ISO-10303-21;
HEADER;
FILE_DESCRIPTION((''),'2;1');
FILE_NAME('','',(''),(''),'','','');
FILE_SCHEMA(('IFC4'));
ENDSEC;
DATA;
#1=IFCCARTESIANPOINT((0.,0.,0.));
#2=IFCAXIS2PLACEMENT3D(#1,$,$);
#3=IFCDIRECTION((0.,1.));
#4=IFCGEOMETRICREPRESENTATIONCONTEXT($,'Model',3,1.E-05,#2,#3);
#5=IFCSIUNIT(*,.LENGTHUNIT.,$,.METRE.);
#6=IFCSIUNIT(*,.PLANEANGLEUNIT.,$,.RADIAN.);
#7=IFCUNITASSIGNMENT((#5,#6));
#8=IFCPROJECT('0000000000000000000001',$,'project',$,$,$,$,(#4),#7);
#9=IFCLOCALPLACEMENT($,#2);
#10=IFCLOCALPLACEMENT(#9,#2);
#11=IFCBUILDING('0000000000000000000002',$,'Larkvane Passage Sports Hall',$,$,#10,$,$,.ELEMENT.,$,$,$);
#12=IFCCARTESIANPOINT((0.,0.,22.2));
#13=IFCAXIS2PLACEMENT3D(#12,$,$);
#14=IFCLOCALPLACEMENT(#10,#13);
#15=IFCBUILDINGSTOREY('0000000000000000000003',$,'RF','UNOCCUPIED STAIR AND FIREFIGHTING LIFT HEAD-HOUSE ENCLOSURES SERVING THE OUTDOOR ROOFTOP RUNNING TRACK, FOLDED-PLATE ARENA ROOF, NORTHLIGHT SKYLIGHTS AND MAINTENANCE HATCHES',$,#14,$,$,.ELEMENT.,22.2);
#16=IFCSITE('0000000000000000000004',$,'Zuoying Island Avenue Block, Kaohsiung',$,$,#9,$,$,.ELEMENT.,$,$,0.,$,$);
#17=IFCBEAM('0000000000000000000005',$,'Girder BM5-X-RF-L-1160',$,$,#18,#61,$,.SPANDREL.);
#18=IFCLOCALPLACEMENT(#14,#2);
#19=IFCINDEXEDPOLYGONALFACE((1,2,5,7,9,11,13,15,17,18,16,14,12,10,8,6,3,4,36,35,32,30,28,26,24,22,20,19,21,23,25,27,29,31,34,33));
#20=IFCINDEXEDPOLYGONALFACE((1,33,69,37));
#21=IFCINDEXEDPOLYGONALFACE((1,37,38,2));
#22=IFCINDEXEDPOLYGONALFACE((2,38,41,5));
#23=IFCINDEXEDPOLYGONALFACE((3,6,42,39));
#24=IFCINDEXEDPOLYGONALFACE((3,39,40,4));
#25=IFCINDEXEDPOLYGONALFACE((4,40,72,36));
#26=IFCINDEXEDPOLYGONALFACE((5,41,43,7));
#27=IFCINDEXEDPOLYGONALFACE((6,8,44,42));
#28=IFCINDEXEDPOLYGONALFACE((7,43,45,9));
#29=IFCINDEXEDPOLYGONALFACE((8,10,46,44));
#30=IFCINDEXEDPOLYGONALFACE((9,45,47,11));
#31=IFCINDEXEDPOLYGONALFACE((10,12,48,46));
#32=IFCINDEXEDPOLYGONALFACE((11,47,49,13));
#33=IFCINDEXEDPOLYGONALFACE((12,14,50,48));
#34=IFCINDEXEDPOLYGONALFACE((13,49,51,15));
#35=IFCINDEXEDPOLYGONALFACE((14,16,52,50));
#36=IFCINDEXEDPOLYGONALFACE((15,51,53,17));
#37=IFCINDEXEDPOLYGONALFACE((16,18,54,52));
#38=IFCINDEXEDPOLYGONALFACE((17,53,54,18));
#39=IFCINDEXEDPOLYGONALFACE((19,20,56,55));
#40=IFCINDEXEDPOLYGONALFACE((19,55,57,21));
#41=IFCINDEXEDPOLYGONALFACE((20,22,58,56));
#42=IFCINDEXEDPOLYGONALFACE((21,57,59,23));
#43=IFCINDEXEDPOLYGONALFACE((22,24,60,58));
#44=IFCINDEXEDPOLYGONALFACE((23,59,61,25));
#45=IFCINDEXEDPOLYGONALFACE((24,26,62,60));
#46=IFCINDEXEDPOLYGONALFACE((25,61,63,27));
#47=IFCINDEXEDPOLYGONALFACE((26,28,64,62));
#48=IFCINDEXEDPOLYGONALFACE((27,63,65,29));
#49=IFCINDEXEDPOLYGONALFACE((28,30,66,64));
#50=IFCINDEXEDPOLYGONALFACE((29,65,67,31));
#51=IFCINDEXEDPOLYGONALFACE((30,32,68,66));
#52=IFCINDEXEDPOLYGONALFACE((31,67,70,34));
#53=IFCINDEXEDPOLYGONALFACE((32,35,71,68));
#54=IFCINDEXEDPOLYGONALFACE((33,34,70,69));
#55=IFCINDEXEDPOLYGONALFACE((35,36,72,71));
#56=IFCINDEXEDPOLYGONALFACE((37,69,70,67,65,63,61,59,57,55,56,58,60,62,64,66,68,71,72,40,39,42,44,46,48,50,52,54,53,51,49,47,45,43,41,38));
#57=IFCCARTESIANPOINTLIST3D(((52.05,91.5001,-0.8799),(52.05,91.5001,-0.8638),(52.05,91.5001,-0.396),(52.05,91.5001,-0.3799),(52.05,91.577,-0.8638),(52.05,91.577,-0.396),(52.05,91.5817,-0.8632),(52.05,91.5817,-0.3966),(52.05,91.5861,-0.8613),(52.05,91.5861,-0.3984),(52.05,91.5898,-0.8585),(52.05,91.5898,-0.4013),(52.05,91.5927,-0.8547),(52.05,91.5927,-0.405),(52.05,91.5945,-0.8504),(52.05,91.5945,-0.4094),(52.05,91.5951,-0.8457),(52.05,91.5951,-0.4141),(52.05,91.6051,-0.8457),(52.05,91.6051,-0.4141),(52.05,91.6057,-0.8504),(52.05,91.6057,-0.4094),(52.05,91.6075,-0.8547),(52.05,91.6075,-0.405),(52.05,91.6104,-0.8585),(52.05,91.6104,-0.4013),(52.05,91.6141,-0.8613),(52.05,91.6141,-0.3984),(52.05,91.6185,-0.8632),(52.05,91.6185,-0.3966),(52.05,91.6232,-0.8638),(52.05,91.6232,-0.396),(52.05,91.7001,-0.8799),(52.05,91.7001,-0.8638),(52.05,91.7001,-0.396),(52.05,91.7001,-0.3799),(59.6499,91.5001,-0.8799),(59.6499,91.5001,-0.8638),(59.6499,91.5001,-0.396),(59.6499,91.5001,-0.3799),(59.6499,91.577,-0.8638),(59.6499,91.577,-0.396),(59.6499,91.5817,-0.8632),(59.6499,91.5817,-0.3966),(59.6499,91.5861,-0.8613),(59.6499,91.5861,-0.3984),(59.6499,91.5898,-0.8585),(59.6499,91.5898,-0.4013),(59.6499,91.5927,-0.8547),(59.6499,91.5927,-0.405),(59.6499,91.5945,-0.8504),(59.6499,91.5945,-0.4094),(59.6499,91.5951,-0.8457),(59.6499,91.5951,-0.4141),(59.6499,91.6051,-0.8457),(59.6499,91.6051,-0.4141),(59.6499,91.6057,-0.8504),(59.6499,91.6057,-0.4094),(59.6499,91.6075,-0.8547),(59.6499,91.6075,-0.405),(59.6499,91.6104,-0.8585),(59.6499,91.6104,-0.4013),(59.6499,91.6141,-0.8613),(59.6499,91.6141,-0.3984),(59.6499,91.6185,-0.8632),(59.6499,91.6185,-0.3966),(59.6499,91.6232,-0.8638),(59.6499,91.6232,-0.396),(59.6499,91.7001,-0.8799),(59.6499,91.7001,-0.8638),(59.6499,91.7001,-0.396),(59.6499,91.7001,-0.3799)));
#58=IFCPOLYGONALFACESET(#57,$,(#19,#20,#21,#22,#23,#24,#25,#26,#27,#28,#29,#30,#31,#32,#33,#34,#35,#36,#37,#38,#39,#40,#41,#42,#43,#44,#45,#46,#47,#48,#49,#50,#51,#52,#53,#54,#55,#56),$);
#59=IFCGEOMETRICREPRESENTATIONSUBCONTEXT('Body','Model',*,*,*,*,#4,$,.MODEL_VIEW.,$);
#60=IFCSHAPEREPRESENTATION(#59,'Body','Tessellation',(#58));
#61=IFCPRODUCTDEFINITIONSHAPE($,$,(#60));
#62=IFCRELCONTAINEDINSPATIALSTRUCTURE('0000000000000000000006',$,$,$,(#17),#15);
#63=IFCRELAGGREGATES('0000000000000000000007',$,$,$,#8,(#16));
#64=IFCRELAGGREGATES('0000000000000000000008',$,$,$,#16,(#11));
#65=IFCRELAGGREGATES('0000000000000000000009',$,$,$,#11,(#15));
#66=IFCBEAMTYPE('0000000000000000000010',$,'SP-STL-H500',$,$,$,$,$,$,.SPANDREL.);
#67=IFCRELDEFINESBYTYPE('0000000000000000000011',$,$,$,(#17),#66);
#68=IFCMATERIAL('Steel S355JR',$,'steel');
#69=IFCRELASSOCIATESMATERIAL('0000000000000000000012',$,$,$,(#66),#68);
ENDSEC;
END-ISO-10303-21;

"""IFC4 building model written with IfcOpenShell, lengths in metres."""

from ifc_helpers import new_model, si_unit, direction, frame, origin, origin_2d, place, context, subcontext, project, spatial, i_section, extrude, material, material_profile, profile_set, type_object, element, save


model = new_model("IFC4")

# Units and contexts
model_context = context("Model", 3, precision=1e-05, world=origin(), true_north=direction((0.0, 1.0)))
body_context = subcontext(model_context, "Body", "Model", "MODEL_VIEW")
ifc_project = project(units=[si_unit("LENGTHUNIT", "METRE"), si_unit("PLANEANGLEUNIT", "RADIAN")], contexts=[model_context])

# Site, building, storey
site_placement = place(None, origin())
site = spatial("IfcSite", under=ifc_project, at=site_placement, Name="Zuoying Island Avenue Block, Kaohsiung", CompositionType="ELEMENT", RefElevation=0.0)
building_placement = place(site_placement, origin())
building = spatial("IfcBuilding", under=site, at=building_placement, Name="Larkvane Passage Sports Hall", CompositionType="ELEMENT")
storey_placement = place(building_placement, frame((0.0, 0.0, 22.2)))
storey = spatial("IfcBuildingStorey", under=building, at=storey_placement, Name="RF", Description="UNOCCUPIED STAIR AND FIREFIGHTING LIFT HEAD-HOUSE ENCLOSURES SERVING THE OUTDOOR ROOFTOP RUNNING TRACK, FOLDED-PLATE ARENA ROOF, NORTHLIGHT SKYLIGHTS AND MAINTENANCE HATCHES", CompositionType="ELEMENT", Elevation=22.2)

# Beam
ifc_material_1 = material(Name="Steel S355JR", Category="steel")
ifc_material_profile_1 = material_profile(ifc_material_1, i_section(OverallWidth=0.2, OverallDepth=0.5, WebThickness=0.01, FlangeThickness=0.0161, FilletRadius=0.0181, at=origin_2d()), Name="H-500x200x10x16")
ifc_profile_set_1 = profile_set([ifc_material_profile_1], Name="Steel S355JR")
beam_type_1 = type_object("IfcBeamType", Name="SP-STL-H500", PredefinedType="SPANDREL", material=ifc_profile_set_1)
beam_1_placement = place(storey_placement, frame((52.05, 91.6001, -0.6299), z_axis=(1.0, 0.0, 0.0), x_axis=(0.0, 1.0, 0.0)))
element("IfcBeam", 1, at=beam_1_placement, inside=storey, type_object=beam_type_1, Name="Girder BM5-X-RF-L-1160", PredefinedType="SPANDREL", context=body_context, shape_type="SweptSolid", body=[
    extrude(i_section(OverallWidth=0.2, OverallDepth=0.5, WebThickness=0.01, FlangeThickness=0.0161, FilletRadius=0.0181, at=origin_2d()), origin(), (0.0, 0.0, 1.0), 7.5999),
])

save(model, "model.ifc")
